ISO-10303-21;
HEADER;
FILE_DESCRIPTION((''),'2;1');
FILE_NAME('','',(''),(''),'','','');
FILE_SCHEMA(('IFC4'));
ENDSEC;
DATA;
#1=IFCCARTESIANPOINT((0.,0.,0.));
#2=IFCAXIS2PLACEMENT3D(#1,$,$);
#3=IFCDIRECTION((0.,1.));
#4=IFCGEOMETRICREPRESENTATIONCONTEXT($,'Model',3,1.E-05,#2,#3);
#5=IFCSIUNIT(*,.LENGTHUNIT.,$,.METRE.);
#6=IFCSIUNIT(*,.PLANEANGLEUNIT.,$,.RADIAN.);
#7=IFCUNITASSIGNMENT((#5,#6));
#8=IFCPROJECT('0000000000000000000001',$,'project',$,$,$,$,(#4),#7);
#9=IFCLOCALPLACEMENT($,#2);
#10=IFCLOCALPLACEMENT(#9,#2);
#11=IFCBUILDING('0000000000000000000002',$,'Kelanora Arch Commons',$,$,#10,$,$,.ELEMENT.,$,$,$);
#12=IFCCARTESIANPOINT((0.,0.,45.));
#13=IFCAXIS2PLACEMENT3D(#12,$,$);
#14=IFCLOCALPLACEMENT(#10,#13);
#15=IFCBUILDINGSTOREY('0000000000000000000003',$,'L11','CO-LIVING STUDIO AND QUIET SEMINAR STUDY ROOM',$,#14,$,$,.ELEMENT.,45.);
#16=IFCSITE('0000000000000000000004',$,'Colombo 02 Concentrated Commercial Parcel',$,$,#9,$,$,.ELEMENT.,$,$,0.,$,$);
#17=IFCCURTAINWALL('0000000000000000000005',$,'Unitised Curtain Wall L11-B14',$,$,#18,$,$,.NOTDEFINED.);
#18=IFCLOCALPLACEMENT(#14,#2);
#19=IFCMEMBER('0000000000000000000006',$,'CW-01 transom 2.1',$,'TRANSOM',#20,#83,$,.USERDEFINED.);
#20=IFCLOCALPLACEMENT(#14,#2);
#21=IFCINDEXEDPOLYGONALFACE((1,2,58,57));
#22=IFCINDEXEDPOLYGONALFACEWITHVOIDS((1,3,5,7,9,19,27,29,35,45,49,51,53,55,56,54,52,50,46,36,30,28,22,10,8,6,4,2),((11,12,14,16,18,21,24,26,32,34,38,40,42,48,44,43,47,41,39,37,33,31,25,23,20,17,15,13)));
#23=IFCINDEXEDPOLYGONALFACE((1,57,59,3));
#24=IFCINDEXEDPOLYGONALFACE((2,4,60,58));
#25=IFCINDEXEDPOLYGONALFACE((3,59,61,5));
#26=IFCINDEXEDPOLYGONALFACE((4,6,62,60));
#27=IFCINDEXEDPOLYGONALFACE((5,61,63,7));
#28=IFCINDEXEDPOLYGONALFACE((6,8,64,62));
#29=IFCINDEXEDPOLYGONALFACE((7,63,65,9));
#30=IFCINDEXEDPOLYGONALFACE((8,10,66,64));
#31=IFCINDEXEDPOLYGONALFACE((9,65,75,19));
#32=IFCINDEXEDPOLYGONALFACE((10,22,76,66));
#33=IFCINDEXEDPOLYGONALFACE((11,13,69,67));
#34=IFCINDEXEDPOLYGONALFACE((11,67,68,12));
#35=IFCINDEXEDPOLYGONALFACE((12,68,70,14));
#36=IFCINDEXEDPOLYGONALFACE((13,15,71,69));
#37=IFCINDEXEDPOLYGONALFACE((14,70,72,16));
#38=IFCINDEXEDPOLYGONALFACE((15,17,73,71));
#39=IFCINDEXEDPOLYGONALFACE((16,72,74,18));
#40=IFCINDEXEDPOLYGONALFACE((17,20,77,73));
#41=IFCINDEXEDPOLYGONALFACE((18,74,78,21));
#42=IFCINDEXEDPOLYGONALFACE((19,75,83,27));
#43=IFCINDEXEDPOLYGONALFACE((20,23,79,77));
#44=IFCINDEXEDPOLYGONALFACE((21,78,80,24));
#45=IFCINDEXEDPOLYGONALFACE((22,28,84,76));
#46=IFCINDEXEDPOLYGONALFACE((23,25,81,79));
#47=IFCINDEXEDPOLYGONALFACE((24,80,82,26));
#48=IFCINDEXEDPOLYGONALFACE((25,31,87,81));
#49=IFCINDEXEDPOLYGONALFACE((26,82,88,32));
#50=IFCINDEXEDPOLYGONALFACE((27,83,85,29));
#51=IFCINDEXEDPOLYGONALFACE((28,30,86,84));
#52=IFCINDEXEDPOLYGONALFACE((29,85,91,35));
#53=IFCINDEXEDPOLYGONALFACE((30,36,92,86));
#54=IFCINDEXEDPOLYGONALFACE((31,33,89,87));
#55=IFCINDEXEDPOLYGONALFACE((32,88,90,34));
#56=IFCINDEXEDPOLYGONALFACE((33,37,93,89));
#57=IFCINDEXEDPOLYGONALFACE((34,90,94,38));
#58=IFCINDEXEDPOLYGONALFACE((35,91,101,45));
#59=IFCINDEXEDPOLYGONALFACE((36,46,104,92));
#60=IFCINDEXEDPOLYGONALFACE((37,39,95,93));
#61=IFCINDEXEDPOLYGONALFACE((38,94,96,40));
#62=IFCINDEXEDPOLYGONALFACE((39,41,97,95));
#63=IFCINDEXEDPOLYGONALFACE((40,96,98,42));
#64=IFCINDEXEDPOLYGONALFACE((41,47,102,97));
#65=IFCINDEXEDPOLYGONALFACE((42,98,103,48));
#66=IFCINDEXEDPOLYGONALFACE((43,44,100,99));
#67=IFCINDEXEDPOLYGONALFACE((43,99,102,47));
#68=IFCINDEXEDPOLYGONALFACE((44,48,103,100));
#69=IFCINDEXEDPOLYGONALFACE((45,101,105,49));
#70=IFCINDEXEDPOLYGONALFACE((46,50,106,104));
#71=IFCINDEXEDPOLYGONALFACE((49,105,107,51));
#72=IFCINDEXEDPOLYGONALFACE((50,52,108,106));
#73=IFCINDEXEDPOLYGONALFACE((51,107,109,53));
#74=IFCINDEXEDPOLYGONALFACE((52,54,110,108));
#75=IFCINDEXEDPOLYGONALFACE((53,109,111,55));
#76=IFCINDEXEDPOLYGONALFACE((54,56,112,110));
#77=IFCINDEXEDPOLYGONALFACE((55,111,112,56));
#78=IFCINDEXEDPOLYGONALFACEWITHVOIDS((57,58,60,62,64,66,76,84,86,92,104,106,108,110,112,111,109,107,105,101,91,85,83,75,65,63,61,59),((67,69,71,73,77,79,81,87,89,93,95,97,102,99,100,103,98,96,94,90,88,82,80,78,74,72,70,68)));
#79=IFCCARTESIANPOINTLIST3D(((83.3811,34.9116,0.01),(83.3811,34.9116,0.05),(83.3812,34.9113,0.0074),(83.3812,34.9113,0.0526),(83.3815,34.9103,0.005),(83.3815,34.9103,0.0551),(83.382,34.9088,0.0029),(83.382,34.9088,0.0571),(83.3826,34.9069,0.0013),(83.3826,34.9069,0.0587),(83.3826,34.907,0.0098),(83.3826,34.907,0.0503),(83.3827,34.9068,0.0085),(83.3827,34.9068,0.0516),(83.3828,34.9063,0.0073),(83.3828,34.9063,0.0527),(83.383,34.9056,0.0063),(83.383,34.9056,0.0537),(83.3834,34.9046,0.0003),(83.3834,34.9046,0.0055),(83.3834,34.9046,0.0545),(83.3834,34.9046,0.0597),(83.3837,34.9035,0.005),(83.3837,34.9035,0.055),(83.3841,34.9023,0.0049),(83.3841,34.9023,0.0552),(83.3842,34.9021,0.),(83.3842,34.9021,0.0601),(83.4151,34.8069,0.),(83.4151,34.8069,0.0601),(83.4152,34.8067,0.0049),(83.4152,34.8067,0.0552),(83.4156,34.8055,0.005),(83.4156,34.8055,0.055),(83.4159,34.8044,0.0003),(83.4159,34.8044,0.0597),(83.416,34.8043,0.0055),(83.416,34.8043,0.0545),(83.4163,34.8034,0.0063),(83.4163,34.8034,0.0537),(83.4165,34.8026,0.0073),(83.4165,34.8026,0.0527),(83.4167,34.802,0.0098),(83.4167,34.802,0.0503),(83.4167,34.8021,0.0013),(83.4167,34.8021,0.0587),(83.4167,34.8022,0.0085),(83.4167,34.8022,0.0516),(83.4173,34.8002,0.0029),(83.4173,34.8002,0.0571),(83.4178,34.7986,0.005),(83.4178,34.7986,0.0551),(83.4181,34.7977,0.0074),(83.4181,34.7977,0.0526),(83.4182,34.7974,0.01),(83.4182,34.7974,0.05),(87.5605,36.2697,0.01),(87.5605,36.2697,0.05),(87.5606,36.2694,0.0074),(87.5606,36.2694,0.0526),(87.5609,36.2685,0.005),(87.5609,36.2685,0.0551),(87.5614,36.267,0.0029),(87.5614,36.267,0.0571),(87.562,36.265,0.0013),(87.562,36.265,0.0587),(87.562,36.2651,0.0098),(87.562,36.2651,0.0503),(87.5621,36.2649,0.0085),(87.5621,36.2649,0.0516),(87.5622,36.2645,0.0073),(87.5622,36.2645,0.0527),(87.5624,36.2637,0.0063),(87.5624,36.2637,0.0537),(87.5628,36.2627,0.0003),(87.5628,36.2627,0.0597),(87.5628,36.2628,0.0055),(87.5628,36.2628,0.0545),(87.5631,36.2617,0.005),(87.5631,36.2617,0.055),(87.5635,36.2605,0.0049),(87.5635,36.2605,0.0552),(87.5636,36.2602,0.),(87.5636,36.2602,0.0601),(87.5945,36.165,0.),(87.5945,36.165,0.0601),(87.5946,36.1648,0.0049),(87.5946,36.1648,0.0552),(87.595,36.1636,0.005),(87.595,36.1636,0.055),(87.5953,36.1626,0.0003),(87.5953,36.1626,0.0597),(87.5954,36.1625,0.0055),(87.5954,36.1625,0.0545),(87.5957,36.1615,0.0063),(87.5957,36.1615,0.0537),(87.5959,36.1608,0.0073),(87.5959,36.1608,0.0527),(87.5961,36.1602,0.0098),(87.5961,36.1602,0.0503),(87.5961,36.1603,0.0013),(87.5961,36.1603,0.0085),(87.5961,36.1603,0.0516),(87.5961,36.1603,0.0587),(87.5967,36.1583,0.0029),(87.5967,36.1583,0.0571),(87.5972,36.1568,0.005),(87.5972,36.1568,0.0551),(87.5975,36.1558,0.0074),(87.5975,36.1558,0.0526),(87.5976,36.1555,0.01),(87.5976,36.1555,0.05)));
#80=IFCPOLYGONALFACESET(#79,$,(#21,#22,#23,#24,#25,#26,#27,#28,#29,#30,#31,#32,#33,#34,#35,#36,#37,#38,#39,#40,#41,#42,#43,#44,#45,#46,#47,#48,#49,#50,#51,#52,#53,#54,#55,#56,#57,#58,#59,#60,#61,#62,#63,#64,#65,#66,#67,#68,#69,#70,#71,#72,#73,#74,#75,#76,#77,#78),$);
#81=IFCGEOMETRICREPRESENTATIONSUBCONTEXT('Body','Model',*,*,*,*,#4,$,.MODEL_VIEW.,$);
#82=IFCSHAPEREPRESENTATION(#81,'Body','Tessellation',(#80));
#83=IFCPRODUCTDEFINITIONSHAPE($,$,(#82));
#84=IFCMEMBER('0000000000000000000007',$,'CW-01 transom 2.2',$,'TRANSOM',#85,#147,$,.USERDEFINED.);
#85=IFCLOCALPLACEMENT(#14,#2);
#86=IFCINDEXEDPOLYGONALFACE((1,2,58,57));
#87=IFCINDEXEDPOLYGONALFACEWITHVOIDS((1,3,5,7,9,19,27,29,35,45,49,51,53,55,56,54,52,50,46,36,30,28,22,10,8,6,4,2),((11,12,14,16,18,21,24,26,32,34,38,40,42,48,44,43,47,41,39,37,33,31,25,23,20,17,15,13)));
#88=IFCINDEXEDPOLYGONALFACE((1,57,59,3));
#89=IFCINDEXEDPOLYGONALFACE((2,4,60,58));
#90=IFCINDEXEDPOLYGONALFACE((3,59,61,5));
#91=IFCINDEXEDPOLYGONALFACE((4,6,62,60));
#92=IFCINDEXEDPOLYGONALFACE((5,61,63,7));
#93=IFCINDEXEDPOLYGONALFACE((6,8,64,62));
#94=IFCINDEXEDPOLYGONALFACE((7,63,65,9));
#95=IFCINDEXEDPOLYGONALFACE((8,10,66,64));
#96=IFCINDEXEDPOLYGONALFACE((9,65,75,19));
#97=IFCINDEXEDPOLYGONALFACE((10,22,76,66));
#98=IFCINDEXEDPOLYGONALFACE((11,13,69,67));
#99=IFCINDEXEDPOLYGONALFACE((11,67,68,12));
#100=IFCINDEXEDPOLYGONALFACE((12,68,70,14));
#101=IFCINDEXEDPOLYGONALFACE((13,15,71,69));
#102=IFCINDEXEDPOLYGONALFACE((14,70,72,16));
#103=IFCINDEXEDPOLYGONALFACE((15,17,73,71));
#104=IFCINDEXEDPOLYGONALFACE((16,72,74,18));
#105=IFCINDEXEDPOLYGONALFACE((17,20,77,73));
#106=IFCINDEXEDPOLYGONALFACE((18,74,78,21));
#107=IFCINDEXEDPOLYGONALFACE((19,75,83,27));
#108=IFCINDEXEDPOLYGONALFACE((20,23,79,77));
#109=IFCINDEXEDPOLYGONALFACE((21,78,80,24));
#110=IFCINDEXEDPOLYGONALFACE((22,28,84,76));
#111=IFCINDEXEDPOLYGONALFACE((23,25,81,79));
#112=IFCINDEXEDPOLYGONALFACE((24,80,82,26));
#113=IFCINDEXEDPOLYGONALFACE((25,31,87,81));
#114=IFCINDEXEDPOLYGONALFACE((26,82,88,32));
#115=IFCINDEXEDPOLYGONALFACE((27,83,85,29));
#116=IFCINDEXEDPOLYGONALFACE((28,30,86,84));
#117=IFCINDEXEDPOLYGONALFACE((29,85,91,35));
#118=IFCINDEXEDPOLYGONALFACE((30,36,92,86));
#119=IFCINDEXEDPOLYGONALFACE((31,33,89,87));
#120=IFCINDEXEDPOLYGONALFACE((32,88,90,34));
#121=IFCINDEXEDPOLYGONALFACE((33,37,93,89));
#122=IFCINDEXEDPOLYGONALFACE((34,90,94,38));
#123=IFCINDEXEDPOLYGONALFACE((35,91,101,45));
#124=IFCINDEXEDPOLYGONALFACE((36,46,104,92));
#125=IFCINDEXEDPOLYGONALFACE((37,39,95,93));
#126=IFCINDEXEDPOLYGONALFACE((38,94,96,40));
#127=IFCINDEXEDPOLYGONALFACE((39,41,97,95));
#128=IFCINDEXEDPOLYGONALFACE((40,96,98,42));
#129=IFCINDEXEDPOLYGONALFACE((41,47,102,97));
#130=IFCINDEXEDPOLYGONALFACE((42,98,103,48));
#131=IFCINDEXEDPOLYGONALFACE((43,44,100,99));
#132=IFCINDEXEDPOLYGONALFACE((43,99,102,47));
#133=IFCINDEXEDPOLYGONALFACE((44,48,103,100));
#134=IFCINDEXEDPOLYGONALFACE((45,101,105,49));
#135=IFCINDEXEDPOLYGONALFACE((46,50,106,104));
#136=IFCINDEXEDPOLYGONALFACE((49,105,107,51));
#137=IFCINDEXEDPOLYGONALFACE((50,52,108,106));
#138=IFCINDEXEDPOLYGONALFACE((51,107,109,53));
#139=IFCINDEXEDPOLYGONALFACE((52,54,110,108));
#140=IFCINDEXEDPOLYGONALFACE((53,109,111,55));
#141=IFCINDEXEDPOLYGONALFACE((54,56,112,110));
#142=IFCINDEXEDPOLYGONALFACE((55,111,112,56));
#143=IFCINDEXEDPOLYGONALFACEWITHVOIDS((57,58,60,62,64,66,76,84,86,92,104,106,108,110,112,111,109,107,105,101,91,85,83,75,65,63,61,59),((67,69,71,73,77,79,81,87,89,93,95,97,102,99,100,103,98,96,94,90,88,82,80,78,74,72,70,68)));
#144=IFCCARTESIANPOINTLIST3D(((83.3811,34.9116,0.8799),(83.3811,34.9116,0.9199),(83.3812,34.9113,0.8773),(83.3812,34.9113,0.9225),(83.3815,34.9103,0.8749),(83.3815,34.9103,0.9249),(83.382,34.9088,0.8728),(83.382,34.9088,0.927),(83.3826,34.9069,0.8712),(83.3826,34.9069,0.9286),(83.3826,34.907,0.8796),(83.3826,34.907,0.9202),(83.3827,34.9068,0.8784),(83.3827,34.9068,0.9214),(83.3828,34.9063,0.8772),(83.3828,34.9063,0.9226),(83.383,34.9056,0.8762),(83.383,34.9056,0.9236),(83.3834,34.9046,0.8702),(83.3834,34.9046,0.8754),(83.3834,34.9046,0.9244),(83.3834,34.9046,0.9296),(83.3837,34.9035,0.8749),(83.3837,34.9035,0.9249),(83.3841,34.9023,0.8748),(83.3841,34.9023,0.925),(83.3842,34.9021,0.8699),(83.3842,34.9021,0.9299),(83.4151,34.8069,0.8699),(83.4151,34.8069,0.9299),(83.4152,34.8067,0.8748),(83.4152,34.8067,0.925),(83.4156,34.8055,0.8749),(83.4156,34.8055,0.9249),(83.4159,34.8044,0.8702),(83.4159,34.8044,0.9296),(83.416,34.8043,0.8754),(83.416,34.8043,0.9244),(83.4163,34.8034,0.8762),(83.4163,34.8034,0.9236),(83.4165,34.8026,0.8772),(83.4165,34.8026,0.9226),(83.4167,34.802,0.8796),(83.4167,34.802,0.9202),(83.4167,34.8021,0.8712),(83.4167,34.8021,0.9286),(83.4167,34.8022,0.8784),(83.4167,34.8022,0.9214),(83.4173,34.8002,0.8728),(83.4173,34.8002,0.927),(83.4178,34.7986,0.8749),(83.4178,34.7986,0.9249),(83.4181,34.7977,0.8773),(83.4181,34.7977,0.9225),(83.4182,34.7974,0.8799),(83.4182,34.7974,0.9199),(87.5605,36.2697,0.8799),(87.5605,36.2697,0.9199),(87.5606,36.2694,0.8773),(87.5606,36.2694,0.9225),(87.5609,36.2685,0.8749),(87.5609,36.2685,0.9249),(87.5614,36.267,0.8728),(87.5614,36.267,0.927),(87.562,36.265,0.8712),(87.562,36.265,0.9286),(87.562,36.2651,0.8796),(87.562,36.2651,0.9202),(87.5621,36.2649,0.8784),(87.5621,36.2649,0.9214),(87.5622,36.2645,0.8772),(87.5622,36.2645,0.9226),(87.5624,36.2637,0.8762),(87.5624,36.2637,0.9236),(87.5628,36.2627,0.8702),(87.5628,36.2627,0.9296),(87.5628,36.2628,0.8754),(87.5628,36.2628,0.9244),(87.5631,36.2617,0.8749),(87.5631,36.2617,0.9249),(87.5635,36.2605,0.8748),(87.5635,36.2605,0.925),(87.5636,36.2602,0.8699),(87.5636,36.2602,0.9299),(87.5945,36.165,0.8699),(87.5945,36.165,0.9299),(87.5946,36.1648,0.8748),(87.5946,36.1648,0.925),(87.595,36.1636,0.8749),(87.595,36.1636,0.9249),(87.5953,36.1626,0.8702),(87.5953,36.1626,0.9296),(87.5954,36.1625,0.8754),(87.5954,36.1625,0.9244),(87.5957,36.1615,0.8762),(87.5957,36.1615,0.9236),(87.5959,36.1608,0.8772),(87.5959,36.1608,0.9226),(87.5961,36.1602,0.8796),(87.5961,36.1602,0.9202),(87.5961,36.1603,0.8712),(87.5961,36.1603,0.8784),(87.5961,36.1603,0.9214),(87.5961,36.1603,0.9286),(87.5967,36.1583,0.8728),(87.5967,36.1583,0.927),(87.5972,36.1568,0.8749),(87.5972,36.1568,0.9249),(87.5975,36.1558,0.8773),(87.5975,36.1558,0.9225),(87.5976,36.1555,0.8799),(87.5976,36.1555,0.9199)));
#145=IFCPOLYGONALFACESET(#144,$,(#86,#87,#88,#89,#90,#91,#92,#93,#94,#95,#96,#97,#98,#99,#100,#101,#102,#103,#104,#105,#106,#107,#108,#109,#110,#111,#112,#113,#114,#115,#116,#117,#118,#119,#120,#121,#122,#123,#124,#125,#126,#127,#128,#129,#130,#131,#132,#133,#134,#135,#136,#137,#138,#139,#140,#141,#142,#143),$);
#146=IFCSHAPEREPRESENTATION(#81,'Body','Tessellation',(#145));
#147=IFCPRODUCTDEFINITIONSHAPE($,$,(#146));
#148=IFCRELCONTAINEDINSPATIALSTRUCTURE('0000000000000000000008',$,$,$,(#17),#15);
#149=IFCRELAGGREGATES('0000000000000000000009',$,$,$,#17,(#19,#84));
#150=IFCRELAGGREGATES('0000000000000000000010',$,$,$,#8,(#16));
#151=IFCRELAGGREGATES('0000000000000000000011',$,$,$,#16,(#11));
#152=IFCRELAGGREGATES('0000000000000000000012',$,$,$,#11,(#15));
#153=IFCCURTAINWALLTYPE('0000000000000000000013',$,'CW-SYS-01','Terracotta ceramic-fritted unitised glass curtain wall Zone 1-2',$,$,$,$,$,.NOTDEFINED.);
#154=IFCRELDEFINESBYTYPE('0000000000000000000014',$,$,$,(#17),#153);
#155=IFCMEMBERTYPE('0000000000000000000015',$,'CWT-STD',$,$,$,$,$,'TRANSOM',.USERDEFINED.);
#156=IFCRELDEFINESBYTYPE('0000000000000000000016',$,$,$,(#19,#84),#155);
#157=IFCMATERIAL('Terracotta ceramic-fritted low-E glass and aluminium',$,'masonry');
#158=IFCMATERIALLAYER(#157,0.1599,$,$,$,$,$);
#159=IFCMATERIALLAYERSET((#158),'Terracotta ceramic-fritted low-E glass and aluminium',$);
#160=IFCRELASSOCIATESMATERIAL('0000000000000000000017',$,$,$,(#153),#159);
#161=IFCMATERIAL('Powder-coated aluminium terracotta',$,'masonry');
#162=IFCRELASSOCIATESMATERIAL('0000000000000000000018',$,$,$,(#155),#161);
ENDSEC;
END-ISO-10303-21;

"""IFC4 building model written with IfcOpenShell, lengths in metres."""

from ifc_helpers import new_model, si_unit, direction, frame, origin, origin_2d, place, context, subcontext, project, spatial, hollow_rectangle, extrude, material, layer, layer_set, material_profile, profile_set, type_object, element, aggregate, save


model = new_model("IFC4")

# Units and contexts
model_context = context("Model", 3, precision=1e-05, world=origin(), true_north=direction((0.0, 1.0)))
body_context = subcontext(model_context, "Body", "Model", "MODEL_VIEW")
ifc_project = project(units=[si_unit("LENGTHUNIT", "METRE"), si_unit("PLANEANGLEUNIT", "RADIAN")], contexts=[model_context])

# Site, building, storey
site_placement = place(None, origin())
site = spatial("IfcSite", under=ifc_project, at=site_placement, Name="Colombo 02 Concentrated Commercial Parcel", CompositionType="ELEMENT", RefElevation=0.0)
building_placement = place(site_placement, origin())
building = spatial("IfcBuilding", under=site, at=building_placement, Name="Kelanora Arch Commons", CompositionType="ELEMENT")
storey_placement = place(building_placement, frame((0.0, 0.0, 45.0)))
storey = spatial("IfcBuildingStorey", under=building, at=storey_placement, Name="L11", Description="CO-LIVING STUDIO AND QUIET SEMINAR STUDY ROOM", CompositionType="ELEMENT", Elevation=45.0)

# Curtain wall, members
ifc_material_1 = material(Name="Terracotta ceramic-fritted low-E glass and aluminium", Category="masonry")
ifc_layer_1 = layer(ifc_material_1, 0.1599)
ifc_layer_set_1 = layer_set([ifc_layer_1], Name="Terracotta ceramic-fritted low-E glass and aluminium")
curtain_wall_type = type_object("IfcCurtainWallType", Name="CW-SYS-01", Description="Terracotta ceramic-fritted unitised glass curtain wall Zone 1-2", PredefinedType="NOTDEFINED", material=ifc_layer_set_1)
curtain_wall_placement = place(storey_placement, origin())
curtain_wall = element("IfcCurtainWall", 1, at=curtain_wall_placement, inside=storey, type_object=curtain_wall_type, Name="Unitised Curtain Wall L11-B14", PredefinedType="NOTDEFINED")
ifc_material_2 = material(Name="Powder-coated aluminium terracotta", Category="masonry")
ifc_material_profile_1 = material_profile(ifc_material_2, hollow_rectangle(XDim=0.1201, YDim=0.0601, WallThickness=0.0049, InnerFilletRadius=0.0049, OuterFilletRadius=0.01, at=origin_2d()), Name="CWT120x60")
ifc_profile_set_1 = profile_set([ifc_material_profile_1], Name="Powder-coated aluminium terracotta")
member_type_1 = type_object("IfcMemberType", Name="CWT-STD", ElementType="TRANSOM", PredefinedType="USERDEFINED", material=ifc_profile_set_1)
member_1_placement = place(storey_placement, frame((83.3997, 34.8545, 0.03), z_axis=(0.951045, 0.309052, 0.0), x_axis=(-0.309052, 0.951045, 0.0)))
member_1 = element("IfcMember", 2, at=member_1_placement, type_object=member_type_1, Name="CW-01 transom 2.1", ObjectType="TRANSOM", PredefinedType="USERDEFINED", context=body_context, shape_type="SweptSolid", body=[
    extrude(hollow_rectangle(XDim=0.1201, YDim=0.0601, WallThickness=0.0049, InnerFilletRadius=0.0049, OuterFilletRadius=0.01, at=origin_2d()), origin(), (0.0, 0.0, 1.0), 4.3945),
])
member_2_placement = place(storey_placement, frame((83.3997, 34.8545, 0.8999), z_axis=(0.951045, 0.309052, 0.0), x_axis=(-0.309052, 0.951045, 0.0)))
member_2 = element("IfcMember", 3, at=member_2_placement, type_object=member_type_1, Name="CW-01 transom 2.2", ObjectType="TRANSOM", PredefinedType="USERDEFINED", context=body_context, shape_type="SweptSolid", body=[
    extrude(hollow_rectangle(XDim=0.1201, YDim=0.0601, WallThickness=0.0049, InnerFilletRadius=0.0049, OuterFilletRadius=0.01, at=origin_2d()), origin(), (0.0, 0.0, 1.0), 4.3945),
])
aggregate(curtain_wall, [member_1, member_2])

save(model, "model.ifc")
